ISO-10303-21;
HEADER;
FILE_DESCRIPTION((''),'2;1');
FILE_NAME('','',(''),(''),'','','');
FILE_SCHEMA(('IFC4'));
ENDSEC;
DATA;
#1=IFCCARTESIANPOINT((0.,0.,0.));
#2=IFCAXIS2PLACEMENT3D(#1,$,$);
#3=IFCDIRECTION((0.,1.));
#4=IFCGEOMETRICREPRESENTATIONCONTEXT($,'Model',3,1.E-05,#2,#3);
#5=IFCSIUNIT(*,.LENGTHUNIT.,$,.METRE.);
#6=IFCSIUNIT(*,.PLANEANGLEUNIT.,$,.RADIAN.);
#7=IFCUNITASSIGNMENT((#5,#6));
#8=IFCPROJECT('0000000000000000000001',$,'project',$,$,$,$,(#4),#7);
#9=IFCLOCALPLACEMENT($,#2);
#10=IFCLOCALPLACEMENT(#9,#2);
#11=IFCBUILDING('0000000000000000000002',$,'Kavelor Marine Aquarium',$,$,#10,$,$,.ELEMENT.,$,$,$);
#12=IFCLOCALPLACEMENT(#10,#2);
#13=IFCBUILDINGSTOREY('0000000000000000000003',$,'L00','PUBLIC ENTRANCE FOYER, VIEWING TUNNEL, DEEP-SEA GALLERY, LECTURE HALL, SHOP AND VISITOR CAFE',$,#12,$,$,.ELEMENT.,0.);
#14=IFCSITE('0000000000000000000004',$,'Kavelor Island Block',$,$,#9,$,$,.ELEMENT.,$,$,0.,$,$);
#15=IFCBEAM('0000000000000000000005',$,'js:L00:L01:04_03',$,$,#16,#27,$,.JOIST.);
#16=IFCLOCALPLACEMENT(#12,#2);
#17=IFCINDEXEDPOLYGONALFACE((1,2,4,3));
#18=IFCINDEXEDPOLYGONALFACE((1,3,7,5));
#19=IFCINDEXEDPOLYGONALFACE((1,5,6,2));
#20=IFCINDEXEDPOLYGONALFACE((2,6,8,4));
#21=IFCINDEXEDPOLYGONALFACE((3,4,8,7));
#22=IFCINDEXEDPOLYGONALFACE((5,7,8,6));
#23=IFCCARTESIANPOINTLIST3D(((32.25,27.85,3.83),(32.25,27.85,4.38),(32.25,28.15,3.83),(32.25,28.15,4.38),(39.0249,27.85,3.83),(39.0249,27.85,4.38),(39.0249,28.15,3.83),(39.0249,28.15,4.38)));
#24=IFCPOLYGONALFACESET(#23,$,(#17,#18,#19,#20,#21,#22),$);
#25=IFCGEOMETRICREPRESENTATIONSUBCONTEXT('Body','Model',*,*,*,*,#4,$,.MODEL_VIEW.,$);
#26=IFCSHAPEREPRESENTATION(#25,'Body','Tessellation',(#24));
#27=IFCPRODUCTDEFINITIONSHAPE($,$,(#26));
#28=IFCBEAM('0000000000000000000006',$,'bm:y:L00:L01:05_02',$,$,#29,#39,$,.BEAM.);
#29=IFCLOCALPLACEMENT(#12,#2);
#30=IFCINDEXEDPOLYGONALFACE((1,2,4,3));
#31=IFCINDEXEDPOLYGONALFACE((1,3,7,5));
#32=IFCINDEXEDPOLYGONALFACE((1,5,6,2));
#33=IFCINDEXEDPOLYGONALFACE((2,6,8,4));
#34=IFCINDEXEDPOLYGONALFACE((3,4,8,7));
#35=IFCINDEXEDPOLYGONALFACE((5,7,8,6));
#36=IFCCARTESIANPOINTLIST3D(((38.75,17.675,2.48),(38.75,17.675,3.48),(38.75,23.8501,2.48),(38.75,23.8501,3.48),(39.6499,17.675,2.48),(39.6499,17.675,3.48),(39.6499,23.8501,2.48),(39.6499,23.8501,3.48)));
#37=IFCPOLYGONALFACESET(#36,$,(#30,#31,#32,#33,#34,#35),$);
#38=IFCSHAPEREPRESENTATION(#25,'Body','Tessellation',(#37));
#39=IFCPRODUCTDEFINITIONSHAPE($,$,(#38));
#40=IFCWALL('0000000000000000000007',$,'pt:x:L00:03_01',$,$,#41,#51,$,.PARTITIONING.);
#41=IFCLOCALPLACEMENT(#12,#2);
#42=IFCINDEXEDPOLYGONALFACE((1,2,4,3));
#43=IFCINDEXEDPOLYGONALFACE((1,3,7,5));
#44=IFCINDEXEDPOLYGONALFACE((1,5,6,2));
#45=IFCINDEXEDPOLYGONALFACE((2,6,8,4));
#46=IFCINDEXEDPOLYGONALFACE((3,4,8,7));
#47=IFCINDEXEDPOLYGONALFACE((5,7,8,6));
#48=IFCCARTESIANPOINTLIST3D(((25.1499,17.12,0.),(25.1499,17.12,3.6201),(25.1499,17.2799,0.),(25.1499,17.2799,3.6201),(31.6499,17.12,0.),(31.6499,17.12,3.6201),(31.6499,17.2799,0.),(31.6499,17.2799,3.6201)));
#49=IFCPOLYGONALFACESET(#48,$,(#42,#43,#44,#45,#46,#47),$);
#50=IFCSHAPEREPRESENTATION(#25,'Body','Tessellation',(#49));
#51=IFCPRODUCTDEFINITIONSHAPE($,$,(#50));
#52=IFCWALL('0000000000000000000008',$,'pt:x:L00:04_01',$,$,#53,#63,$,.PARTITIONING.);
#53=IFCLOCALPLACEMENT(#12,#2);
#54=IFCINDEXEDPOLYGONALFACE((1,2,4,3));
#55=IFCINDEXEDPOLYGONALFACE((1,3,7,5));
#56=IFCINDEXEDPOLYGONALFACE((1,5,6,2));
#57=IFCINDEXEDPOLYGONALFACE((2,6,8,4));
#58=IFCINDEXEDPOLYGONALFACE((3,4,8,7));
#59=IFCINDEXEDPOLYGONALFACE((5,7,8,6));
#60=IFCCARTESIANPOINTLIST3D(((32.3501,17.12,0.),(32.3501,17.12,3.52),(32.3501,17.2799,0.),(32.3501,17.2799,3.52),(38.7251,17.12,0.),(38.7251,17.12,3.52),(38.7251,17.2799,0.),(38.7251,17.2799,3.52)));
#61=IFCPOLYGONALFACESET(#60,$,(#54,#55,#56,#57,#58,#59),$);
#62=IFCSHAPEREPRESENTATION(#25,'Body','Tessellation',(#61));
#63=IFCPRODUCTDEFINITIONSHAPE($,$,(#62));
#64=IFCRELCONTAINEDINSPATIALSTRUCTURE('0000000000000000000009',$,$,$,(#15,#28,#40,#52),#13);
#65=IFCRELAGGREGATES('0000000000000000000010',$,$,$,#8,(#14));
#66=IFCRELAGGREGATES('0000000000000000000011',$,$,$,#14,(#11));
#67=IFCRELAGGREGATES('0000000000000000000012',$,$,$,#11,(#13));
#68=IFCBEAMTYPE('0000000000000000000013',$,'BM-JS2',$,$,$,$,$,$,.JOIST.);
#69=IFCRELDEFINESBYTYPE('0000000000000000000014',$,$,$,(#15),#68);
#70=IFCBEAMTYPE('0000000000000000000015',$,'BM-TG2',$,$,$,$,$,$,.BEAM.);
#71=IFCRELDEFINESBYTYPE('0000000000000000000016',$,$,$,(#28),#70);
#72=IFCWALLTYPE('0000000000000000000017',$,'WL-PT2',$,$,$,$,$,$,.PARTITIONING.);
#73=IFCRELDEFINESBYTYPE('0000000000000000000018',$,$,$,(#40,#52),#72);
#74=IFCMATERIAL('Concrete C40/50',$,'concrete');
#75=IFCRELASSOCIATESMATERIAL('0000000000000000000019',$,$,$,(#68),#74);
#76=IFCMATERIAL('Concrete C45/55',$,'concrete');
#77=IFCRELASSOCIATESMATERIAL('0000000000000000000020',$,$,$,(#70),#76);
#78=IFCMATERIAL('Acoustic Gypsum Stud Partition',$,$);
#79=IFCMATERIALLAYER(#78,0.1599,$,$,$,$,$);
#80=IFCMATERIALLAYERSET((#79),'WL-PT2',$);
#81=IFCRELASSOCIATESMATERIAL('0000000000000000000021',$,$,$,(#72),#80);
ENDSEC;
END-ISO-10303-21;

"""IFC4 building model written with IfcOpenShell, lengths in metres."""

from ifc_helpers import new_model, si_unit, direction, frame, frame_2d, origin, origin_2d, place, context, subcontext, project, spatial, rectangle, extrude, material, layer, layer_set, material_profile, profile_set, type_object, element, save


model = new_model("IFC4")

# Units and contexts
model_context = context("Model", 3, precision=1e-05, world=origin(), true_north=direction((0.0, 1.0)))
body_context = subcontext(model_context, "Body", "Model", "MODEL_VIEW")
ifc_project = project(units=[si_unit("LENGTHUNIT", "METRE"), si_unit("PLANEANGLEUNIT", "RADIAN")], contexts=[model_context])

# Site, building, storey
site_placement = place(None, origin())
site = spatial("IfcSite", under=ifc_project, at=site_placement, Name="Kavelor Island Block", CompositionType="ELEMENT", RefElevation=0.0)
building_placement = place(site_placement, origin())
building = spatial("IfcBuilding", under=site, at=building_placement, Name="Kavelor Marine Aquarium", CompositionType="ELEMENT")
storey_placement = place(building_placement, origin())
storey = spatial("IfcBuildingStorey", under=building, at=storey_placement, Name="L00", Description="PUBLIC ENTRANCE FOYER, VIEWING TUNNEL, DEEP-SEA GALLERY, LECTURE HALL, SHOP AND VISITOR CAFE", CompositionType="ELEMENT", Elevation=0.0)

# Beams
ifc_material_1 = material(Name="Concrete C40/50", Category="concrete")
ifc_material_profile_1 = material_profile(ifc_material_1, rectangle(XDim=0.3, YDim=0.55, at=origin_2d()), Name="RC-JS 300x550")
ifc_profile_set_1 = profile_set([ifc_material_profile_1], Name="Concrete C40/50")
beam_type_1 = type_object("IfcBeamType", Name="BM-JS2", PredefinedType="JOIST", material=ifc_profile_set_1)
beam_1_placement = place(storey_placement, frame((32.25, 28.0, 4.105), z_axis=(1.0, 0.0, 0.0), x_axis=(0.0, 1.0, 0.0)))
element("IfcBeam", 1, at=beam_1_placement, inside=storey, type_object=beam_type_1, Name="js:L00:L01:04_03", PredefinedType="JOIST", context=body_context, shape_type="SweptSolid", body=[
    extrude(rectangle(XDim=0.3, YDim=0.55, at=origin_2d()), origin(), (0.0, 0.0, 1.0), 6.7749),
])
ifc_material_2 = material(Name="Concrete C45/55", Category="concrete")
ifc_material_profile_2 = material_profile(ifc_material_2, rectangle(XDim=0.8999, YDim=1.0, at=origin_2d()), Name="RC-TG 900x1000")
ifc_profile_set_2 = profile_set([ifc_material_profile_2], Name="Concrete C45/55")
beam_type_2 = type_object("IfcBeamType", Name="BM-TG2", PredefinedType="BEAM", material=ifc_profile_set_2)
beam_2_placement = place(storey_placement, frame((39.2, 17.675, 2.98), z_axis=(0.0, 1.0, 0.0), x_axis=(-1.0, 0.0, 0.0)))
element("IfcBeam", 2, at=beam_2_placement, inside=storey, type_object=beam_type_2, Name="bm:y:L00:L01:05_02", PredefinedType="BEAM", context=body_context, shape_type="SweptSolid", body=[
    extrude(rectangle(XDim=0.8999, YDim=1.0, at=origin_2d()), origin(), (0.0, 0.0, 1.0), 6.175),
])

# Walls
ifc_material_3 = material(Name="Acoustic Gypsum Stud Partition")
ifc_layer = layer(ifc_material_3, 0.1599)
ifc_layer_set = layer_set([ifc_layer], Name="WL-PT2")
wall_type = type_object("IfcWallType", Name="WL-PT2", PredefinedType="PARTITIONING", material=ifc_layer_set)
wall_1_placement = place(storey_placement, frame((25.1499, 17.2, 0.0), z_axis=(0.0, 0.0, 1.0), x_axis=(1.0, 0.0, 0.0)))
element("IfcWall", 3, at=wall_1_placement, inside=storey, type_object=wall_type, Name="pt:x:L00:03_01", PredefinedType="PARTITIONING", context=body_context, shape_type="SweptSolid", body=[
    extrude(rectangle(XDim=6.5, YDim=0.1599, at=frame_2d((3.25, 0.0))), origin(), (0.0, 0.0, 1.0), 3.6201),
])
wall_2_placement = place(storey_placement, frame((32.3501, 17.2, 0.0), z_axis=(0.0, 0.0, 1.0), x_axis=(1.0, 0.0, 0.0)))
element("IfcWall", 4, at=wall_2_placement, inside=storey, type_object=wall_type, Name="pt:x:L00:04_01", PredefinedType="PARTITIONING", context=body_context, shape_type="SweptSolid", body=[
    extrude(rectangle(XDim=6.375, YDim=0.1599, at=frame_2d((3.1875, 0.0))), origin(), (0.0, 0.0, 1.0), 3.52),
])

save(model, "model.ifc")
